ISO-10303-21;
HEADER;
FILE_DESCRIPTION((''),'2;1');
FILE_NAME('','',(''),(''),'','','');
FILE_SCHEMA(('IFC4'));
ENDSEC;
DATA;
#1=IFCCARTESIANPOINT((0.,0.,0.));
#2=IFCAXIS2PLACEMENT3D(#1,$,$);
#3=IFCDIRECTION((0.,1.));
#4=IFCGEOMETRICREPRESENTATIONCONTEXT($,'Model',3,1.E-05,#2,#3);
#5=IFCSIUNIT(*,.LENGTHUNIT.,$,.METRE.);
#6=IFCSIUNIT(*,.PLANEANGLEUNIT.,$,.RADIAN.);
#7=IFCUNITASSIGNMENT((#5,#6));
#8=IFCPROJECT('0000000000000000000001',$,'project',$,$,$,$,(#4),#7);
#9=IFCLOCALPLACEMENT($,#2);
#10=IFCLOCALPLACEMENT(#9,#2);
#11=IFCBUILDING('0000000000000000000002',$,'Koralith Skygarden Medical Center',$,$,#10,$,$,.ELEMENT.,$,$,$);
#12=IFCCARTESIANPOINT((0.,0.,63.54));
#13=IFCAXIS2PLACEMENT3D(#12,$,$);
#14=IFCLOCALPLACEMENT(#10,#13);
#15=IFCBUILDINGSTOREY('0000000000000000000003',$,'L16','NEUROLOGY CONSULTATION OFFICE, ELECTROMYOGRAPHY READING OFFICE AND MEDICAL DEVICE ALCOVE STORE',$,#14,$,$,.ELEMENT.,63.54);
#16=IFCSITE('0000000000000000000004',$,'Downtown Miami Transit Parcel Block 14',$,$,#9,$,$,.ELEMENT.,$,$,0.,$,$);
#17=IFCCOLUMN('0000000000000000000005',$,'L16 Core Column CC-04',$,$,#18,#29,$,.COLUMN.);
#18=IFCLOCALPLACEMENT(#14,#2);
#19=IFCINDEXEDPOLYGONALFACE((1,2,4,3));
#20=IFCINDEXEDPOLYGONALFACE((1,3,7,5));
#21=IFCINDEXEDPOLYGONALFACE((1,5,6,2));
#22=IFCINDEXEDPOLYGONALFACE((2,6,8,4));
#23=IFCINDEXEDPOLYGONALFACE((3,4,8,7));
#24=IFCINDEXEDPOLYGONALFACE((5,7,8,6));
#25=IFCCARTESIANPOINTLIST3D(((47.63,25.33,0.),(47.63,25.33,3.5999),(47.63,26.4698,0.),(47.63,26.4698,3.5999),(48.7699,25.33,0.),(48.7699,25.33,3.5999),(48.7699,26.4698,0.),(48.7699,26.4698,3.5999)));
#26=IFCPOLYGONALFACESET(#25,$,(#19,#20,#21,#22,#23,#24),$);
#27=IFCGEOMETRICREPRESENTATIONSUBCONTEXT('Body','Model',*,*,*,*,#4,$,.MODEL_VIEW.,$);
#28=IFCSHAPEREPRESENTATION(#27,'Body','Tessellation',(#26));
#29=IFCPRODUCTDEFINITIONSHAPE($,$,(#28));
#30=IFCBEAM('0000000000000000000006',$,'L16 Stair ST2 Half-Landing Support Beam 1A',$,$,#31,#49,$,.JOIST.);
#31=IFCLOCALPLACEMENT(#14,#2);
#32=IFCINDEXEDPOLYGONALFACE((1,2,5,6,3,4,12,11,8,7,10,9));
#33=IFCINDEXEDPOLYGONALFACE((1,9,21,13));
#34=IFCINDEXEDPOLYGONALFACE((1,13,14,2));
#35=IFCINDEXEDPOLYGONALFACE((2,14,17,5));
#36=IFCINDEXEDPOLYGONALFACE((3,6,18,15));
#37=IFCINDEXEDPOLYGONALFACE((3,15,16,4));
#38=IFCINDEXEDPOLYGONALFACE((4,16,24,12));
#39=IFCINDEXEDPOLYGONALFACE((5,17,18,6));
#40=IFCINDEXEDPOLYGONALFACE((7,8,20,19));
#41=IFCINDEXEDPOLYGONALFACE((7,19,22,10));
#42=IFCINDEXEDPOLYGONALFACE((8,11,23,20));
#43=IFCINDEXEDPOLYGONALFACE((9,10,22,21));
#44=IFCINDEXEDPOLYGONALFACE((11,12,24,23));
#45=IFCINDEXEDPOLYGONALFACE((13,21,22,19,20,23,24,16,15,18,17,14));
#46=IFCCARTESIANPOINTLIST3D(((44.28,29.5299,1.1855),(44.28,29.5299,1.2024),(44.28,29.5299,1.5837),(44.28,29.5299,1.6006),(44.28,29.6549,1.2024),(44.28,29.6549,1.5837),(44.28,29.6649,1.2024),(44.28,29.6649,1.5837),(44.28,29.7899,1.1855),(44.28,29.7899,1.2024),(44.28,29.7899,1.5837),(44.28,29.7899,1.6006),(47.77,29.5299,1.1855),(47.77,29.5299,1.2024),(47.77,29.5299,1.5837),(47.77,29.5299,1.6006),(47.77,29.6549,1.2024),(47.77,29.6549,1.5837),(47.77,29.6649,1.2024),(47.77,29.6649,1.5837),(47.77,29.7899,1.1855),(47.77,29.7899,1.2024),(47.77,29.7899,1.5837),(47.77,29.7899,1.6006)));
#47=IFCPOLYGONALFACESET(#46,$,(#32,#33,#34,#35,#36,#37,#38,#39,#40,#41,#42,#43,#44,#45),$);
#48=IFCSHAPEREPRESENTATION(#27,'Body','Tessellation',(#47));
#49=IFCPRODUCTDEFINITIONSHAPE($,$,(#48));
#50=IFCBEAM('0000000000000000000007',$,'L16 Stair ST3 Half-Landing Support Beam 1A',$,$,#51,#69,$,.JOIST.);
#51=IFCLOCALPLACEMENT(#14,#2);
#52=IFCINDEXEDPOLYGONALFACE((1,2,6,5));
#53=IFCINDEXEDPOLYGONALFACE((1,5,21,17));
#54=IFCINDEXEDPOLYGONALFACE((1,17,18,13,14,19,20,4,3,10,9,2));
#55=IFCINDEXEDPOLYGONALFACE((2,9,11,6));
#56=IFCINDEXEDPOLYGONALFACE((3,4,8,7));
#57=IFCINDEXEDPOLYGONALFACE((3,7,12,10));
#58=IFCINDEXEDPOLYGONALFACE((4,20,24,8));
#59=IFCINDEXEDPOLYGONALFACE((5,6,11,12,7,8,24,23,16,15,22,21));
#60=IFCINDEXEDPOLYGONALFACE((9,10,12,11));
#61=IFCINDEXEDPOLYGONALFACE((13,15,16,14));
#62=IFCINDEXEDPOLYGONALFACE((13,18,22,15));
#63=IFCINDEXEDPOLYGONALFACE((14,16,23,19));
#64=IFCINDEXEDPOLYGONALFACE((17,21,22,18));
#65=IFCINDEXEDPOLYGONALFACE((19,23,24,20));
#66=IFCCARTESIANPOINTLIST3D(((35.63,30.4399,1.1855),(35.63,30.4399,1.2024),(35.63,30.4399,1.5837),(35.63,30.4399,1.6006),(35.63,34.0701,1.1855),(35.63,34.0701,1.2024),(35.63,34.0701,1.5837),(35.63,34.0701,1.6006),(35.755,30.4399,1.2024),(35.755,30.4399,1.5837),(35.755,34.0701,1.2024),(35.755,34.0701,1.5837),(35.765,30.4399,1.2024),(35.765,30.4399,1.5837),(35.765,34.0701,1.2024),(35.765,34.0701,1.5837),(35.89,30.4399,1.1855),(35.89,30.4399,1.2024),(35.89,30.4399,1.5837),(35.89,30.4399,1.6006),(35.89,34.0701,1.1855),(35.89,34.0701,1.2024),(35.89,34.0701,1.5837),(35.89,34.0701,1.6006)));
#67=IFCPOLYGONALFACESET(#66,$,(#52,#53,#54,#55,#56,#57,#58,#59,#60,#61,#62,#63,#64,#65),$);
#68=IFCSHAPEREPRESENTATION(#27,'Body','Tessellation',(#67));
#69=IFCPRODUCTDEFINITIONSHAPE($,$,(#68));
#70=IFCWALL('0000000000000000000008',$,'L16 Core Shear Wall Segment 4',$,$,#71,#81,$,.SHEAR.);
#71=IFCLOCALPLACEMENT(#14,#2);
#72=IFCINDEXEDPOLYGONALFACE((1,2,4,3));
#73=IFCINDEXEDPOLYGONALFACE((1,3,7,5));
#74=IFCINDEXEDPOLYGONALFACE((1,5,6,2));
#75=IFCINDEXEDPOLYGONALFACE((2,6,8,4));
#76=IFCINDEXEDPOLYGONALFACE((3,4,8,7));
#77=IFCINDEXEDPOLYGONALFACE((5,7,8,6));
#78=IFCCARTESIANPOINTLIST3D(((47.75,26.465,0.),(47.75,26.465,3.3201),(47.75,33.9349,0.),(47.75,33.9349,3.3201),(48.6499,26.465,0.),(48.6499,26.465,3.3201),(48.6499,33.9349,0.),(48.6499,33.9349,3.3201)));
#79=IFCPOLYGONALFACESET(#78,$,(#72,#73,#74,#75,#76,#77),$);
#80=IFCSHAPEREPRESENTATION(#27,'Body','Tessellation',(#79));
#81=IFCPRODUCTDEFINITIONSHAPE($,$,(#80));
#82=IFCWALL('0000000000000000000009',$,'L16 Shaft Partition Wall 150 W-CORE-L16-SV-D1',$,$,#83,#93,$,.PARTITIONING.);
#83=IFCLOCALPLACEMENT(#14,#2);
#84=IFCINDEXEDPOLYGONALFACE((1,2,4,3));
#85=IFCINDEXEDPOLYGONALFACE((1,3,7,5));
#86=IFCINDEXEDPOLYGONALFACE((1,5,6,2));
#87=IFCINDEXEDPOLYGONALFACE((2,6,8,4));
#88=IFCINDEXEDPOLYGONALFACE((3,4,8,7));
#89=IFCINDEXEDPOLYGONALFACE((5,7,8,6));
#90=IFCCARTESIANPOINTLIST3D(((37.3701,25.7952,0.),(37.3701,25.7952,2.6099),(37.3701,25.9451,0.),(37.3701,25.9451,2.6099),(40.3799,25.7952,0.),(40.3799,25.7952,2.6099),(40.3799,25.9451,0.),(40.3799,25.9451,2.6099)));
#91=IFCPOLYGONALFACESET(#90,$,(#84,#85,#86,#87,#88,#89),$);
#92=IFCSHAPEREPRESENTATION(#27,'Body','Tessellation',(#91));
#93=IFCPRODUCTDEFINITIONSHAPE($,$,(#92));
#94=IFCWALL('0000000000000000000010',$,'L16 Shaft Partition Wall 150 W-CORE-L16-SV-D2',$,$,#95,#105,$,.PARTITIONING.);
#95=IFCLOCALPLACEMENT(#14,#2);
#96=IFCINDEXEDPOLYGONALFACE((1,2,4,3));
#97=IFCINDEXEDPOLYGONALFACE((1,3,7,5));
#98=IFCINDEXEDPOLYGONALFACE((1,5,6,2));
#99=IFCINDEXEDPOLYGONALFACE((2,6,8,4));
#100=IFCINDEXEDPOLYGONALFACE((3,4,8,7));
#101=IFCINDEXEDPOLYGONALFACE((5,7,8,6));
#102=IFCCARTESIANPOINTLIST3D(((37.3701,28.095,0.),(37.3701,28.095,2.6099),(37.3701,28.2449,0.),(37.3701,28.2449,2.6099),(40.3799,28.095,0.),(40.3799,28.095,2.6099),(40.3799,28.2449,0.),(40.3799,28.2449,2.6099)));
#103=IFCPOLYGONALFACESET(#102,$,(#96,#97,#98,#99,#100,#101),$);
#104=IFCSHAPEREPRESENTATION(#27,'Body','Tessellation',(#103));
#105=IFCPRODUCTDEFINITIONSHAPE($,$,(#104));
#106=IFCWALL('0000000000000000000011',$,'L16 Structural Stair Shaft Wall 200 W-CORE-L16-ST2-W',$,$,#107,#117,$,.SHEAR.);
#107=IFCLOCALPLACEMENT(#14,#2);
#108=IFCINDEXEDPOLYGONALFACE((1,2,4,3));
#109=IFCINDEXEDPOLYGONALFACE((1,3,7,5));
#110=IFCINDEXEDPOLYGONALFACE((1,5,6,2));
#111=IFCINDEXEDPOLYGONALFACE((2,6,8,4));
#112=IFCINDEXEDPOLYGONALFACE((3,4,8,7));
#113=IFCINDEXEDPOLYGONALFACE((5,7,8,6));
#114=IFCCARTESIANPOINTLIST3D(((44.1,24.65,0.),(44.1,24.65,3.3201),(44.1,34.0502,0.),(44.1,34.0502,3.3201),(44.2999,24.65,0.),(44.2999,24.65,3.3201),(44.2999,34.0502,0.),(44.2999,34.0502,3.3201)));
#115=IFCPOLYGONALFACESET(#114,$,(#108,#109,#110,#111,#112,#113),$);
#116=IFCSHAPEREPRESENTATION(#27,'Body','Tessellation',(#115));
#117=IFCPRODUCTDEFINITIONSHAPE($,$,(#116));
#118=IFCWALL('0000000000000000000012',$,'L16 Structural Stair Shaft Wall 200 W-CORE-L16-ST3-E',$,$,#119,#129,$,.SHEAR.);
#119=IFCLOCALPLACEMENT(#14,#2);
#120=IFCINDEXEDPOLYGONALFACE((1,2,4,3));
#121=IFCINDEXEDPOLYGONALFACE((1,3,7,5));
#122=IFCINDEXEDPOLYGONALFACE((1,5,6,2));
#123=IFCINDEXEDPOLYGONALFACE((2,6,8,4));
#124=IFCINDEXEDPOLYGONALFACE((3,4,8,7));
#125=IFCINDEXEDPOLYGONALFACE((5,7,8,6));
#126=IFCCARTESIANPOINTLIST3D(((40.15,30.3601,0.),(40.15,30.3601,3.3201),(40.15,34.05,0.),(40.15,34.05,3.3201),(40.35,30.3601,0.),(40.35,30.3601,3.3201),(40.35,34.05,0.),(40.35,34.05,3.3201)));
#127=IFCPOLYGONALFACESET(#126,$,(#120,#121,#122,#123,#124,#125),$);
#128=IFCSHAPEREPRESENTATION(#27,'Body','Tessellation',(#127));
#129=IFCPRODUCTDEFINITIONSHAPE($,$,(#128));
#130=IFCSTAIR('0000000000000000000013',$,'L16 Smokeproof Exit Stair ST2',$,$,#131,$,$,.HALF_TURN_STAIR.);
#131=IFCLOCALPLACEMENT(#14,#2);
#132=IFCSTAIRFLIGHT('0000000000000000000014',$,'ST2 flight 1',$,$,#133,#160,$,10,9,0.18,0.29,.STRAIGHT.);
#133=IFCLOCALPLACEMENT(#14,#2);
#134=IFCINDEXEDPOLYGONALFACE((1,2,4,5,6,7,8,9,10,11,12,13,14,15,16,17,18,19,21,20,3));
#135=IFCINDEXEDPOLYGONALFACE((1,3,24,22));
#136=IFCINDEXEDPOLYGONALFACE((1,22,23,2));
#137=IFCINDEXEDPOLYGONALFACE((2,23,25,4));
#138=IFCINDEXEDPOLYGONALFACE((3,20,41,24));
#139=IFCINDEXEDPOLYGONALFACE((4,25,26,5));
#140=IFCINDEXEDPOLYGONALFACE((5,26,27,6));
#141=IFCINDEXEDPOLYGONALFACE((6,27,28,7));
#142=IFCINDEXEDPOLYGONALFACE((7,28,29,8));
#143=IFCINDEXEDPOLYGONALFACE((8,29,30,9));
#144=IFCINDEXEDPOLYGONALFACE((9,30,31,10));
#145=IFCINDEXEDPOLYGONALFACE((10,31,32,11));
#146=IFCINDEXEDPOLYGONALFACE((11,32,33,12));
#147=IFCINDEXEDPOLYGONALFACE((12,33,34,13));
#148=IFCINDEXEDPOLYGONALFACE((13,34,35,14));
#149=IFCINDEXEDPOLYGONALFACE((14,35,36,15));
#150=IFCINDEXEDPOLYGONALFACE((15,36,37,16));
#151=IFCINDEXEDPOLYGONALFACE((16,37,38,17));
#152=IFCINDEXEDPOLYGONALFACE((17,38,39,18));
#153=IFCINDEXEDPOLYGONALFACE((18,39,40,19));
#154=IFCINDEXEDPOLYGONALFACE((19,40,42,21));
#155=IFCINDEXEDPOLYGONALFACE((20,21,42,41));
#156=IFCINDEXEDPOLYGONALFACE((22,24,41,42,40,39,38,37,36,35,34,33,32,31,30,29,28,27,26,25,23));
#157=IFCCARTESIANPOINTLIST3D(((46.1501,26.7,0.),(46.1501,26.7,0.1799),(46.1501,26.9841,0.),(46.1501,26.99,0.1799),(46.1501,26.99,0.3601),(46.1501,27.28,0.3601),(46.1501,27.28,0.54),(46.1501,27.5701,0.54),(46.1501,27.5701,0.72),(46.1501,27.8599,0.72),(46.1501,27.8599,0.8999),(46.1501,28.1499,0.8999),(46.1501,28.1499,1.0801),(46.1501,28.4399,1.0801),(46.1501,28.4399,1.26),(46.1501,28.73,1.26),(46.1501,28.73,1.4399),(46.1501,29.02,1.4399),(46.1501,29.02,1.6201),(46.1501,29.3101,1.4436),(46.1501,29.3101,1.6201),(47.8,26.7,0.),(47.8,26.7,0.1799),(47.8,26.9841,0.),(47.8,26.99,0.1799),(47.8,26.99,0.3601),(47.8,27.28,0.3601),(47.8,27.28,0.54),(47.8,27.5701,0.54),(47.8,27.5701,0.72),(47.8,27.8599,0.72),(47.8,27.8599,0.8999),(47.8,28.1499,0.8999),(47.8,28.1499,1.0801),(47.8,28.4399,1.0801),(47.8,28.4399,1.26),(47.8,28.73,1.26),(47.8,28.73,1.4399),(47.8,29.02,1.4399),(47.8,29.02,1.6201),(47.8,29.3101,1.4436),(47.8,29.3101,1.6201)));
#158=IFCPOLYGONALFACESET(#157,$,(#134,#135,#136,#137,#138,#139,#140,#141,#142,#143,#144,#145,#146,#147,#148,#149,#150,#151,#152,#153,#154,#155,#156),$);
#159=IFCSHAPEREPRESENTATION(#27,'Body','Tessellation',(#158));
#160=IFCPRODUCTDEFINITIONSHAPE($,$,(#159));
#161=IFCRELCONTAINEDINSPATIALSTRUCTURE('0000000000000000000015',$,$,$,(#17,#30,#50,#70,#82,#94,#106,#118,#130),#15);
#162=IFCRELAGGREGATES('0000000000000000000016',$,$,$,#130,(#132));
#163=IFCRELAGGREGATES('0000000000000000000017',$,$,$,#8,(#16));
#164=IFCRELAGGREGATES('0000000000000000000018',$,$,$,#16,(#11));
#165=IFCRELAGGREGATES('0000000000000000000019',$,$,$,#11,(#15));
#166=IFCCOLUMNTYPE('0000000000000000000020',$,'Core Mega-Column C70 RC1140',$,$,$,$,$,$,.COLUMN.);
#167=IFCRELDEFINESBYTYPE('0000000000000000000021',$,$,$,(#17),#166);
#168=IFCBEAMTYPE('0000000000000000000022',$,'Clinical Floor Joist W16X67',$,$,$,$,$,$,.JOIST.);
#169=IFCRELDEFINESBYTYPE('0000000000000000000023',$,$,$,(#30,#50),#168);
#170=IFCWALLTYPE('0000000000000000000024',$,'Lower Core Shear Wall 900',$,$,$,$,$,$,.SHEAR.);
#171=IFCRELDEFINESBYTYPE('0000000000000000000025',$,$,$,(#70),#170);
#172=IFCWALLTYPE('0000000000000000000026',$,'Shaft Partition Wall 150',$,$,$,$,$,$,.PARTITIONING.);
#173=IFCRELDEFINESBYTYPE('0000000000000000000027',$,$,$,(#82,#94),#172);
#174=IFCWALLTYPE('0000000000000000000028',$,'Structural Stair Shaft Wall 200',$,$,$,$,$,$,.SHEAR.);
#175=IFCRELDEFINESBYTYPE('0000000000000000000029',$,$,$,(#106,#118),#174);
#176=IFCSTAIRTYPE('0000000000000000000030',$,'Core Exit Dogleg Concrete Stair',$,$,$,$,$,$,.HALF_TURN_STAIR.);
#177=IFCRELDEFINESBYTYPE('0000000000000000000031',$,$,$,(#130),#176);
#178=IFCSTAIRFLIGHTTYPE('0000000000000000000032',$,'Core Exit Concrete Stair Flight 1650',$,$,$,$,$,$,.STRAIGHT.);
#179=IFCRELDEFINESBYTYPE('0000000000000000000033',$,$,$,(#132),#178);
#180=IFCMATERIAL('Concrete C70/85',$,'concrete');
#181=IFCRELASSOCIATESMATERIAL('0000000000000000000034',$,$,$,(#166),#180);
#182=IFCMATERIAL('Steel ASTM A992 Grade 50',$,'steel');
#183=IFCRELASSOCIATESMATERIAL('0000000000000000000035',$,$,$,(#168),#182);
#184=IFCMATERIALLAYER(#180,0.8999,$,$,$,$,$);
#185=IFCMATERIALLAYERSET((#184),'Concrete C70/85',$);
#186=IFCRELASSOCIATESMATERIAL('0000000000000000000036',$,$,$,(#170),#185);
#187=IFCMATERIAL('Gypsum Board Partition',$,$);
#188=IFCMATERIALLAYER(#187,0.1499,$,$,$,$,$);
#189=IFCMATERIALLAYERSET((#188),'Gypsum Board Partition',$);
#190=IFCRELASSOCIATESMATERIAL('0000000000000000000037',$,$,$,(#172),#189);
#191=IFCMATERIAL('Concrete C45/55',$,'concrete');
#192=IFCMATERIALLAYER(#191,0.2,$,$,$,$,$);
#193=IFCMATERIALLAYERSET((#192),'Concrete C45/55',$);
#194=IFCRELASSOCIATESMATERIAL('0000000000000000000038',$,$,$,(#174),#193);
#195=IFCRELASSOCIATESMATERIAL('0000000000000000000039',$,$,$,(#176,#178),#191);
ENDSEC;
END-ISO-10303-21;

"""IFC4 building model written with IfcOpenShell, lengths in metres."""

from ifc_helpers import new_model, si_unit, direction, frame, frame_2d, origin, origin_2d, place, context, subcontext, project, spatial, polyline, rectangle, i_section, outline, extrude, material, layer, layer_set, material_profile, profile_set, type_object, element, aggregate, save


model = new_model("IFC4")

# Units and contexts
model_context = context("Model", 3, precision=1e-05, world=origin(), true_north=direction((0.0, 1.0)))
body_context = subcontext(model_context, "Body", "Model", "MODEL_VIEW")
ifc_project = project(units=[si_unit("LENGTHUNIT", "METRE"), si_unit("PLANEANGLEUNIT", "RADIAN")], contexts=[model_context])

# Site, building, storey
site_placement = place(None, origin())
site = spatial("IfcSite", under=ifc_project, at=site_placement, Name="Downtown Miami Transit Parcel Block 14", CompositionType="ELEMENT", RefElevation=0.0)
building_placement = place(site_placement, origin())
building = spatial("IfcBuilding", under=site, at=building_placement, Name="Koralith Skygarden Medical Center", CompositionType="ELEMENT")
storey_placement = place(building_placement, frame((0.0, 0.0, 63.54)))
storey = spatial("IfcBuildingStorey", under=building, at=storey_placement, Name="L16", Description="NEUROLOGY CONSULTATION OFFICE, ELECTROMYOGRAPHY READING OFFICE AND MEDICAL DEVICE ALCOVE STORE", CompositionType="ELEMENT", Elevation=63.54)

# Column
ifc_material_1 = material(Name="Concrete C70/85", Category="concrete")
ifc_material_profile_1 = material_profile(ifc_material_1, rectangle(XDim=1.1399, YDim=1.1399, at=origin_2d()), Name="RC1140X1140")
ifc_profile_set_1 = profile_set([ifc_material_profile_1], Name="Concrete C70/85")
column_type = type_object("IfcColumnType", Name="Core Mega-Column C70 RC1140", PredefinedType="COLUMN", material=ifc_profile_set_1)
column_placement = place(storey_placement, frame((48.2, 25.8999, 0.0), z_axis=(0.0, 0.0, 1.0), x_axis=(1.0, 0.0, 0.0)))
element("IfcColumn", 1, at=column_placement, inside=storey, type_object=column_type, Name="L16 Core Column CC-04", PredefinedType="COLUMN", context=body_context, shape_type="SweptSolid", body=[
    extrude(rectangle(XDim=1.1399, YDim=1.1399, at=origin_2d()), origin(), (0.0, 0.0, 1.0), 3.5999),
])

# Beams
ifc_material_2 = material(Name="Steel ASTM A992 Grade 50", Category="steel")
ifc_material_profile_2 = material_profile(ifc_material_2, i_section(OverallWidth=0.26, OverallDepth=0.415, WebThickness=0.01, FlangeThickness=0.0168, at=origin_2d()), Name="W16X67")
ifc_profile_set_2 = profile_set([ifc_material_profile_2], Name="Steel ASTM A992 Grade 50")
beam_type = type_object("IfcBeamType", Name="Clinical Floor Joist W16X67", PredefinedType="JOIST", material=ifc_profile_set_2)
beam_1_placement = place(storey_placement, frame((44.28, 29.6599, 1.3931), z_axis=(1.0, 0.0, 0.0), x_axis=(0.0, 1.0, 0.0)))
element("IfcBeam", 2, at=beam_1_placement, inside=storey, type_object=beam_type, Name="L16 Stair ST2 Half-Landing Support Beam 1A", PredefinedType="JOIST", context=body_context, shape_type="SweptSolid", body=[
    extrude(i_section(OverallWidth=0.26, OverallDepth=0.415, WebThickness=0.01, FlangeThickness=0.0168, at=origin_2d()), origin(), (0.0, 0.0, 1.0), 3.49),
])
beam_2_placement = place(storey_placement, frame((35.76, 30.4399, 1.3931), z_axis=(0.0, 1.0, 0.0), x_axis=(-1.0, 0.0, 0.0)))
element("IfcBeam", 3, at=beam_2_placement, inside=storey, type_object=beam_type, Name="L16 Stair ST3 Half-Landing Support Beam 1A", PredefinedType="JOIST", context=body_context, shape_type="SweptSolid", body=[
    extrude(i_section(OverallWidth=0.26, OverallDepth=0.415, WebThickness=0.01, FlangeThickness=0.0168, at=origin_2d()), origin(), (0.0, 0.0, 1.0), 3.6301),
])

# Walls
ifc_layer_1 = layer(ifc_material_1, 0.8999)
ifc_layer_set_1 = layer_set([ifc_layer_1], Name="Concrete C70/85")
wall_type_1 = type_object("IfcWallType", Name="Lower Core Shear Wall 900", PredefinedType="SHEAR", material=ifc_layer_set_1)
wall_1_placement = place(storey_placement, frame((48.2, 26.4651, 0.0), z_axis=(0.0, 0.0, 1.0), x_axis=(0.0, 1.0, 0.0)))
element("IfcWall", 4, at=wall_1_placement, inside=storey, type_object=wall_type_1, Name="L16 Core Shear Wall Segment 4", PredefinedType="SHEAR", context=body_context, shape_type="SweptSolid", body=[
    extrude(rectangle(XDim=7.47, YDim=0.8999, at=frame_2d((3.7349, 0.0))), origin(), (0.0, 0.0, 1.0), 3.3201),
])
ifc_material_3 = material(Name="Gypsum Board Partition")
ifc_layer_2 = layer(ifc_material_3, 0.1499)
ifc_layer_set_2 = layer_set([ifc_layer_2], Name="Gypsum Board Partition")
wall_type_2 = type_object("IfcWallType", Name="Shaft Partition Wall 150", PredefinedType="PARTITIONING", material=ifc_layer_set_2)
for number, where, z_axis, x_axis, name in (
    (5, (37.3701, 25.8701, 0.0), (0.0, 0.0, 1.0), (1.0, 0.0, 0.0), "L16 Shaft Partition Wall 150 W-CORE-L16-SV-D1"),
    (6, (37.3701, 28.1699, 0.0), (0.0, 0.0, 1.0), (1.0, 0.0, 0.0), "L16 Shaft Partition Wall 150 W-CORE-L16-SV-D2"),
):
    element("IfcWall", number, at=place(storey_placement, frame(where, z_axis=z_axis, x_axis=x_axis)), inside=storey, type_object=wall_type_2, Name=name, PredefinedType="PARTITIONING", context=body_context, shape_type="SweptSolid", body=[
        extrude(rectangle(XDim=3.0098, YDim=0.1499, at=frame_2d((1.5049, 0.0))), origin(), (0.0, 0.0, 1.0), 2.6099),
    ])
ifc_material_4 = material(Name="Concrete C45/55", Category="concrete")
ifc_layer_3 = layer(ifc_material_4, 0.2)
ifc_layer_set_3 = layer_set([ifc_layer_3], Name="Concrete C45/55")
wall_type_3 = type_object("IfcWallType", Name="Structural Stair Shaft Wall 200", PredefinedType="SHEAR", material=ifc_layer_set_3)
wall_2_placement = place(storey_placement, frame((44.2, 24.6499, 0.0), z_axis=(0.0, 0.0, 1.0), x_axis=(0.0, 1.0, 0.0)))
element("IfcWall", 7, at=wall_2_placement, inside=storey, type_object=wall_type_3, Name="L16 Structural Stair Shaft Wall 200 W-CORE-L16-ST2-W", PredefinedType="SHEAR", context=body_context, shape_type="SweptSolid", body=[
    extrude(rectangle(XDim=9.4001, YDim=0.2, at=frame_2d((4.7002, 0.0))), origin(), (0.0, 0.0, 1.0), 3.3201),
])
wall_3_placement = place(storey_placement, frame((40.25, 30.3601, 0.0), z_axis=(0.0, 0.0, 1.0), x_axis=(0.0, 1.0, 0.0)))
element("IfcWall", 8, at=wall_3_placement, inside=storey, type_object=wall_type_3, Name="L16 Structural Stair Shaft Wall 200 W-CORE-L16-ST3-E", PredefinedType="SHEAR", context=body_context, shape_type="SweptSolid", body=[
    extrude(rectangle(XDim=3.6899, YDim=0.2, at=frame_2d((1.845, 0.0))), origin(), (0.0, 0.0, 1.0), 3.3201),
])

# Stair, stair flight
stair_type = type_object("IfcStairType", Name="Core Exit Dogleg Concrete Stair", PredefinedType="HALF_TURN_STAIR", material=ifc_material_4)
stair_placement = place(storey_placement, origin())
stair = element("IfcStair", 9, at=stair_placement, inside=storey, type_object=stair_type, Name="L16 Smokeproof Exit Stair ST2", PredefinedType="HALF_TURN_STAIR")
stair_flight_type = type_object("IfcStairFlightType", Name="Core Exit Concrete Stair Flight 1650", PredefinedType="STRAIGHT", material=ifc_material_4)
stair_flight_1_placement = place(storey_placement, frame((46.9751, 26.7, 0.0), z_axis=(0.0, 0.0, 1.0), x_axis=(0.0, 1.0, 0.0)))
stair_flight_1 = element("IfcStairFlight", 10, at=stair_flight_1_placement, type_object=stair_flight_type, Name="ST2 flight 1", NumberOfRisers=10, NumberOfTreads=9, PredefinedType="STRAIGHT", RiserHeight=0.18, TreadLength=0.29, context=body_context, shape_type="SweptSolid", body=[
    extrude(outline(polyline([(0.0, 0.0), (0.0, 0.1799), (0.29, 0.1799), (0.29, 0.3601), (0.5801, 0.3601), (0.5801, 0.54), (0.8701, 0.54), (0.8701, 0.72), (1.1599, 0.72), (1.1599, 0.8999), (1.45, 0.8999), (1.45, 1.0801), (1.74, 1.0801), (1.74, 1.26), (2.03, 1.26), (2.03, 1.4399), (2.3201, 1.4399), (2.3201, 1.6201), (2.6101, 1.6201), (2.6101, 1.8), (2.6101, 1.4436), (0.2842, 0.0), (0.0, 0.0)])), frame((0.0, 0.825, 0.0), z_axis=(0.0, -1.0, 0.0), x_axis=(1.0, 0.0, 0.0)), (0.0, 0.0, 1.0), 1.6499),
])
aggregate(stair, [stair_flight_1])

save(model, "model.ifc")
